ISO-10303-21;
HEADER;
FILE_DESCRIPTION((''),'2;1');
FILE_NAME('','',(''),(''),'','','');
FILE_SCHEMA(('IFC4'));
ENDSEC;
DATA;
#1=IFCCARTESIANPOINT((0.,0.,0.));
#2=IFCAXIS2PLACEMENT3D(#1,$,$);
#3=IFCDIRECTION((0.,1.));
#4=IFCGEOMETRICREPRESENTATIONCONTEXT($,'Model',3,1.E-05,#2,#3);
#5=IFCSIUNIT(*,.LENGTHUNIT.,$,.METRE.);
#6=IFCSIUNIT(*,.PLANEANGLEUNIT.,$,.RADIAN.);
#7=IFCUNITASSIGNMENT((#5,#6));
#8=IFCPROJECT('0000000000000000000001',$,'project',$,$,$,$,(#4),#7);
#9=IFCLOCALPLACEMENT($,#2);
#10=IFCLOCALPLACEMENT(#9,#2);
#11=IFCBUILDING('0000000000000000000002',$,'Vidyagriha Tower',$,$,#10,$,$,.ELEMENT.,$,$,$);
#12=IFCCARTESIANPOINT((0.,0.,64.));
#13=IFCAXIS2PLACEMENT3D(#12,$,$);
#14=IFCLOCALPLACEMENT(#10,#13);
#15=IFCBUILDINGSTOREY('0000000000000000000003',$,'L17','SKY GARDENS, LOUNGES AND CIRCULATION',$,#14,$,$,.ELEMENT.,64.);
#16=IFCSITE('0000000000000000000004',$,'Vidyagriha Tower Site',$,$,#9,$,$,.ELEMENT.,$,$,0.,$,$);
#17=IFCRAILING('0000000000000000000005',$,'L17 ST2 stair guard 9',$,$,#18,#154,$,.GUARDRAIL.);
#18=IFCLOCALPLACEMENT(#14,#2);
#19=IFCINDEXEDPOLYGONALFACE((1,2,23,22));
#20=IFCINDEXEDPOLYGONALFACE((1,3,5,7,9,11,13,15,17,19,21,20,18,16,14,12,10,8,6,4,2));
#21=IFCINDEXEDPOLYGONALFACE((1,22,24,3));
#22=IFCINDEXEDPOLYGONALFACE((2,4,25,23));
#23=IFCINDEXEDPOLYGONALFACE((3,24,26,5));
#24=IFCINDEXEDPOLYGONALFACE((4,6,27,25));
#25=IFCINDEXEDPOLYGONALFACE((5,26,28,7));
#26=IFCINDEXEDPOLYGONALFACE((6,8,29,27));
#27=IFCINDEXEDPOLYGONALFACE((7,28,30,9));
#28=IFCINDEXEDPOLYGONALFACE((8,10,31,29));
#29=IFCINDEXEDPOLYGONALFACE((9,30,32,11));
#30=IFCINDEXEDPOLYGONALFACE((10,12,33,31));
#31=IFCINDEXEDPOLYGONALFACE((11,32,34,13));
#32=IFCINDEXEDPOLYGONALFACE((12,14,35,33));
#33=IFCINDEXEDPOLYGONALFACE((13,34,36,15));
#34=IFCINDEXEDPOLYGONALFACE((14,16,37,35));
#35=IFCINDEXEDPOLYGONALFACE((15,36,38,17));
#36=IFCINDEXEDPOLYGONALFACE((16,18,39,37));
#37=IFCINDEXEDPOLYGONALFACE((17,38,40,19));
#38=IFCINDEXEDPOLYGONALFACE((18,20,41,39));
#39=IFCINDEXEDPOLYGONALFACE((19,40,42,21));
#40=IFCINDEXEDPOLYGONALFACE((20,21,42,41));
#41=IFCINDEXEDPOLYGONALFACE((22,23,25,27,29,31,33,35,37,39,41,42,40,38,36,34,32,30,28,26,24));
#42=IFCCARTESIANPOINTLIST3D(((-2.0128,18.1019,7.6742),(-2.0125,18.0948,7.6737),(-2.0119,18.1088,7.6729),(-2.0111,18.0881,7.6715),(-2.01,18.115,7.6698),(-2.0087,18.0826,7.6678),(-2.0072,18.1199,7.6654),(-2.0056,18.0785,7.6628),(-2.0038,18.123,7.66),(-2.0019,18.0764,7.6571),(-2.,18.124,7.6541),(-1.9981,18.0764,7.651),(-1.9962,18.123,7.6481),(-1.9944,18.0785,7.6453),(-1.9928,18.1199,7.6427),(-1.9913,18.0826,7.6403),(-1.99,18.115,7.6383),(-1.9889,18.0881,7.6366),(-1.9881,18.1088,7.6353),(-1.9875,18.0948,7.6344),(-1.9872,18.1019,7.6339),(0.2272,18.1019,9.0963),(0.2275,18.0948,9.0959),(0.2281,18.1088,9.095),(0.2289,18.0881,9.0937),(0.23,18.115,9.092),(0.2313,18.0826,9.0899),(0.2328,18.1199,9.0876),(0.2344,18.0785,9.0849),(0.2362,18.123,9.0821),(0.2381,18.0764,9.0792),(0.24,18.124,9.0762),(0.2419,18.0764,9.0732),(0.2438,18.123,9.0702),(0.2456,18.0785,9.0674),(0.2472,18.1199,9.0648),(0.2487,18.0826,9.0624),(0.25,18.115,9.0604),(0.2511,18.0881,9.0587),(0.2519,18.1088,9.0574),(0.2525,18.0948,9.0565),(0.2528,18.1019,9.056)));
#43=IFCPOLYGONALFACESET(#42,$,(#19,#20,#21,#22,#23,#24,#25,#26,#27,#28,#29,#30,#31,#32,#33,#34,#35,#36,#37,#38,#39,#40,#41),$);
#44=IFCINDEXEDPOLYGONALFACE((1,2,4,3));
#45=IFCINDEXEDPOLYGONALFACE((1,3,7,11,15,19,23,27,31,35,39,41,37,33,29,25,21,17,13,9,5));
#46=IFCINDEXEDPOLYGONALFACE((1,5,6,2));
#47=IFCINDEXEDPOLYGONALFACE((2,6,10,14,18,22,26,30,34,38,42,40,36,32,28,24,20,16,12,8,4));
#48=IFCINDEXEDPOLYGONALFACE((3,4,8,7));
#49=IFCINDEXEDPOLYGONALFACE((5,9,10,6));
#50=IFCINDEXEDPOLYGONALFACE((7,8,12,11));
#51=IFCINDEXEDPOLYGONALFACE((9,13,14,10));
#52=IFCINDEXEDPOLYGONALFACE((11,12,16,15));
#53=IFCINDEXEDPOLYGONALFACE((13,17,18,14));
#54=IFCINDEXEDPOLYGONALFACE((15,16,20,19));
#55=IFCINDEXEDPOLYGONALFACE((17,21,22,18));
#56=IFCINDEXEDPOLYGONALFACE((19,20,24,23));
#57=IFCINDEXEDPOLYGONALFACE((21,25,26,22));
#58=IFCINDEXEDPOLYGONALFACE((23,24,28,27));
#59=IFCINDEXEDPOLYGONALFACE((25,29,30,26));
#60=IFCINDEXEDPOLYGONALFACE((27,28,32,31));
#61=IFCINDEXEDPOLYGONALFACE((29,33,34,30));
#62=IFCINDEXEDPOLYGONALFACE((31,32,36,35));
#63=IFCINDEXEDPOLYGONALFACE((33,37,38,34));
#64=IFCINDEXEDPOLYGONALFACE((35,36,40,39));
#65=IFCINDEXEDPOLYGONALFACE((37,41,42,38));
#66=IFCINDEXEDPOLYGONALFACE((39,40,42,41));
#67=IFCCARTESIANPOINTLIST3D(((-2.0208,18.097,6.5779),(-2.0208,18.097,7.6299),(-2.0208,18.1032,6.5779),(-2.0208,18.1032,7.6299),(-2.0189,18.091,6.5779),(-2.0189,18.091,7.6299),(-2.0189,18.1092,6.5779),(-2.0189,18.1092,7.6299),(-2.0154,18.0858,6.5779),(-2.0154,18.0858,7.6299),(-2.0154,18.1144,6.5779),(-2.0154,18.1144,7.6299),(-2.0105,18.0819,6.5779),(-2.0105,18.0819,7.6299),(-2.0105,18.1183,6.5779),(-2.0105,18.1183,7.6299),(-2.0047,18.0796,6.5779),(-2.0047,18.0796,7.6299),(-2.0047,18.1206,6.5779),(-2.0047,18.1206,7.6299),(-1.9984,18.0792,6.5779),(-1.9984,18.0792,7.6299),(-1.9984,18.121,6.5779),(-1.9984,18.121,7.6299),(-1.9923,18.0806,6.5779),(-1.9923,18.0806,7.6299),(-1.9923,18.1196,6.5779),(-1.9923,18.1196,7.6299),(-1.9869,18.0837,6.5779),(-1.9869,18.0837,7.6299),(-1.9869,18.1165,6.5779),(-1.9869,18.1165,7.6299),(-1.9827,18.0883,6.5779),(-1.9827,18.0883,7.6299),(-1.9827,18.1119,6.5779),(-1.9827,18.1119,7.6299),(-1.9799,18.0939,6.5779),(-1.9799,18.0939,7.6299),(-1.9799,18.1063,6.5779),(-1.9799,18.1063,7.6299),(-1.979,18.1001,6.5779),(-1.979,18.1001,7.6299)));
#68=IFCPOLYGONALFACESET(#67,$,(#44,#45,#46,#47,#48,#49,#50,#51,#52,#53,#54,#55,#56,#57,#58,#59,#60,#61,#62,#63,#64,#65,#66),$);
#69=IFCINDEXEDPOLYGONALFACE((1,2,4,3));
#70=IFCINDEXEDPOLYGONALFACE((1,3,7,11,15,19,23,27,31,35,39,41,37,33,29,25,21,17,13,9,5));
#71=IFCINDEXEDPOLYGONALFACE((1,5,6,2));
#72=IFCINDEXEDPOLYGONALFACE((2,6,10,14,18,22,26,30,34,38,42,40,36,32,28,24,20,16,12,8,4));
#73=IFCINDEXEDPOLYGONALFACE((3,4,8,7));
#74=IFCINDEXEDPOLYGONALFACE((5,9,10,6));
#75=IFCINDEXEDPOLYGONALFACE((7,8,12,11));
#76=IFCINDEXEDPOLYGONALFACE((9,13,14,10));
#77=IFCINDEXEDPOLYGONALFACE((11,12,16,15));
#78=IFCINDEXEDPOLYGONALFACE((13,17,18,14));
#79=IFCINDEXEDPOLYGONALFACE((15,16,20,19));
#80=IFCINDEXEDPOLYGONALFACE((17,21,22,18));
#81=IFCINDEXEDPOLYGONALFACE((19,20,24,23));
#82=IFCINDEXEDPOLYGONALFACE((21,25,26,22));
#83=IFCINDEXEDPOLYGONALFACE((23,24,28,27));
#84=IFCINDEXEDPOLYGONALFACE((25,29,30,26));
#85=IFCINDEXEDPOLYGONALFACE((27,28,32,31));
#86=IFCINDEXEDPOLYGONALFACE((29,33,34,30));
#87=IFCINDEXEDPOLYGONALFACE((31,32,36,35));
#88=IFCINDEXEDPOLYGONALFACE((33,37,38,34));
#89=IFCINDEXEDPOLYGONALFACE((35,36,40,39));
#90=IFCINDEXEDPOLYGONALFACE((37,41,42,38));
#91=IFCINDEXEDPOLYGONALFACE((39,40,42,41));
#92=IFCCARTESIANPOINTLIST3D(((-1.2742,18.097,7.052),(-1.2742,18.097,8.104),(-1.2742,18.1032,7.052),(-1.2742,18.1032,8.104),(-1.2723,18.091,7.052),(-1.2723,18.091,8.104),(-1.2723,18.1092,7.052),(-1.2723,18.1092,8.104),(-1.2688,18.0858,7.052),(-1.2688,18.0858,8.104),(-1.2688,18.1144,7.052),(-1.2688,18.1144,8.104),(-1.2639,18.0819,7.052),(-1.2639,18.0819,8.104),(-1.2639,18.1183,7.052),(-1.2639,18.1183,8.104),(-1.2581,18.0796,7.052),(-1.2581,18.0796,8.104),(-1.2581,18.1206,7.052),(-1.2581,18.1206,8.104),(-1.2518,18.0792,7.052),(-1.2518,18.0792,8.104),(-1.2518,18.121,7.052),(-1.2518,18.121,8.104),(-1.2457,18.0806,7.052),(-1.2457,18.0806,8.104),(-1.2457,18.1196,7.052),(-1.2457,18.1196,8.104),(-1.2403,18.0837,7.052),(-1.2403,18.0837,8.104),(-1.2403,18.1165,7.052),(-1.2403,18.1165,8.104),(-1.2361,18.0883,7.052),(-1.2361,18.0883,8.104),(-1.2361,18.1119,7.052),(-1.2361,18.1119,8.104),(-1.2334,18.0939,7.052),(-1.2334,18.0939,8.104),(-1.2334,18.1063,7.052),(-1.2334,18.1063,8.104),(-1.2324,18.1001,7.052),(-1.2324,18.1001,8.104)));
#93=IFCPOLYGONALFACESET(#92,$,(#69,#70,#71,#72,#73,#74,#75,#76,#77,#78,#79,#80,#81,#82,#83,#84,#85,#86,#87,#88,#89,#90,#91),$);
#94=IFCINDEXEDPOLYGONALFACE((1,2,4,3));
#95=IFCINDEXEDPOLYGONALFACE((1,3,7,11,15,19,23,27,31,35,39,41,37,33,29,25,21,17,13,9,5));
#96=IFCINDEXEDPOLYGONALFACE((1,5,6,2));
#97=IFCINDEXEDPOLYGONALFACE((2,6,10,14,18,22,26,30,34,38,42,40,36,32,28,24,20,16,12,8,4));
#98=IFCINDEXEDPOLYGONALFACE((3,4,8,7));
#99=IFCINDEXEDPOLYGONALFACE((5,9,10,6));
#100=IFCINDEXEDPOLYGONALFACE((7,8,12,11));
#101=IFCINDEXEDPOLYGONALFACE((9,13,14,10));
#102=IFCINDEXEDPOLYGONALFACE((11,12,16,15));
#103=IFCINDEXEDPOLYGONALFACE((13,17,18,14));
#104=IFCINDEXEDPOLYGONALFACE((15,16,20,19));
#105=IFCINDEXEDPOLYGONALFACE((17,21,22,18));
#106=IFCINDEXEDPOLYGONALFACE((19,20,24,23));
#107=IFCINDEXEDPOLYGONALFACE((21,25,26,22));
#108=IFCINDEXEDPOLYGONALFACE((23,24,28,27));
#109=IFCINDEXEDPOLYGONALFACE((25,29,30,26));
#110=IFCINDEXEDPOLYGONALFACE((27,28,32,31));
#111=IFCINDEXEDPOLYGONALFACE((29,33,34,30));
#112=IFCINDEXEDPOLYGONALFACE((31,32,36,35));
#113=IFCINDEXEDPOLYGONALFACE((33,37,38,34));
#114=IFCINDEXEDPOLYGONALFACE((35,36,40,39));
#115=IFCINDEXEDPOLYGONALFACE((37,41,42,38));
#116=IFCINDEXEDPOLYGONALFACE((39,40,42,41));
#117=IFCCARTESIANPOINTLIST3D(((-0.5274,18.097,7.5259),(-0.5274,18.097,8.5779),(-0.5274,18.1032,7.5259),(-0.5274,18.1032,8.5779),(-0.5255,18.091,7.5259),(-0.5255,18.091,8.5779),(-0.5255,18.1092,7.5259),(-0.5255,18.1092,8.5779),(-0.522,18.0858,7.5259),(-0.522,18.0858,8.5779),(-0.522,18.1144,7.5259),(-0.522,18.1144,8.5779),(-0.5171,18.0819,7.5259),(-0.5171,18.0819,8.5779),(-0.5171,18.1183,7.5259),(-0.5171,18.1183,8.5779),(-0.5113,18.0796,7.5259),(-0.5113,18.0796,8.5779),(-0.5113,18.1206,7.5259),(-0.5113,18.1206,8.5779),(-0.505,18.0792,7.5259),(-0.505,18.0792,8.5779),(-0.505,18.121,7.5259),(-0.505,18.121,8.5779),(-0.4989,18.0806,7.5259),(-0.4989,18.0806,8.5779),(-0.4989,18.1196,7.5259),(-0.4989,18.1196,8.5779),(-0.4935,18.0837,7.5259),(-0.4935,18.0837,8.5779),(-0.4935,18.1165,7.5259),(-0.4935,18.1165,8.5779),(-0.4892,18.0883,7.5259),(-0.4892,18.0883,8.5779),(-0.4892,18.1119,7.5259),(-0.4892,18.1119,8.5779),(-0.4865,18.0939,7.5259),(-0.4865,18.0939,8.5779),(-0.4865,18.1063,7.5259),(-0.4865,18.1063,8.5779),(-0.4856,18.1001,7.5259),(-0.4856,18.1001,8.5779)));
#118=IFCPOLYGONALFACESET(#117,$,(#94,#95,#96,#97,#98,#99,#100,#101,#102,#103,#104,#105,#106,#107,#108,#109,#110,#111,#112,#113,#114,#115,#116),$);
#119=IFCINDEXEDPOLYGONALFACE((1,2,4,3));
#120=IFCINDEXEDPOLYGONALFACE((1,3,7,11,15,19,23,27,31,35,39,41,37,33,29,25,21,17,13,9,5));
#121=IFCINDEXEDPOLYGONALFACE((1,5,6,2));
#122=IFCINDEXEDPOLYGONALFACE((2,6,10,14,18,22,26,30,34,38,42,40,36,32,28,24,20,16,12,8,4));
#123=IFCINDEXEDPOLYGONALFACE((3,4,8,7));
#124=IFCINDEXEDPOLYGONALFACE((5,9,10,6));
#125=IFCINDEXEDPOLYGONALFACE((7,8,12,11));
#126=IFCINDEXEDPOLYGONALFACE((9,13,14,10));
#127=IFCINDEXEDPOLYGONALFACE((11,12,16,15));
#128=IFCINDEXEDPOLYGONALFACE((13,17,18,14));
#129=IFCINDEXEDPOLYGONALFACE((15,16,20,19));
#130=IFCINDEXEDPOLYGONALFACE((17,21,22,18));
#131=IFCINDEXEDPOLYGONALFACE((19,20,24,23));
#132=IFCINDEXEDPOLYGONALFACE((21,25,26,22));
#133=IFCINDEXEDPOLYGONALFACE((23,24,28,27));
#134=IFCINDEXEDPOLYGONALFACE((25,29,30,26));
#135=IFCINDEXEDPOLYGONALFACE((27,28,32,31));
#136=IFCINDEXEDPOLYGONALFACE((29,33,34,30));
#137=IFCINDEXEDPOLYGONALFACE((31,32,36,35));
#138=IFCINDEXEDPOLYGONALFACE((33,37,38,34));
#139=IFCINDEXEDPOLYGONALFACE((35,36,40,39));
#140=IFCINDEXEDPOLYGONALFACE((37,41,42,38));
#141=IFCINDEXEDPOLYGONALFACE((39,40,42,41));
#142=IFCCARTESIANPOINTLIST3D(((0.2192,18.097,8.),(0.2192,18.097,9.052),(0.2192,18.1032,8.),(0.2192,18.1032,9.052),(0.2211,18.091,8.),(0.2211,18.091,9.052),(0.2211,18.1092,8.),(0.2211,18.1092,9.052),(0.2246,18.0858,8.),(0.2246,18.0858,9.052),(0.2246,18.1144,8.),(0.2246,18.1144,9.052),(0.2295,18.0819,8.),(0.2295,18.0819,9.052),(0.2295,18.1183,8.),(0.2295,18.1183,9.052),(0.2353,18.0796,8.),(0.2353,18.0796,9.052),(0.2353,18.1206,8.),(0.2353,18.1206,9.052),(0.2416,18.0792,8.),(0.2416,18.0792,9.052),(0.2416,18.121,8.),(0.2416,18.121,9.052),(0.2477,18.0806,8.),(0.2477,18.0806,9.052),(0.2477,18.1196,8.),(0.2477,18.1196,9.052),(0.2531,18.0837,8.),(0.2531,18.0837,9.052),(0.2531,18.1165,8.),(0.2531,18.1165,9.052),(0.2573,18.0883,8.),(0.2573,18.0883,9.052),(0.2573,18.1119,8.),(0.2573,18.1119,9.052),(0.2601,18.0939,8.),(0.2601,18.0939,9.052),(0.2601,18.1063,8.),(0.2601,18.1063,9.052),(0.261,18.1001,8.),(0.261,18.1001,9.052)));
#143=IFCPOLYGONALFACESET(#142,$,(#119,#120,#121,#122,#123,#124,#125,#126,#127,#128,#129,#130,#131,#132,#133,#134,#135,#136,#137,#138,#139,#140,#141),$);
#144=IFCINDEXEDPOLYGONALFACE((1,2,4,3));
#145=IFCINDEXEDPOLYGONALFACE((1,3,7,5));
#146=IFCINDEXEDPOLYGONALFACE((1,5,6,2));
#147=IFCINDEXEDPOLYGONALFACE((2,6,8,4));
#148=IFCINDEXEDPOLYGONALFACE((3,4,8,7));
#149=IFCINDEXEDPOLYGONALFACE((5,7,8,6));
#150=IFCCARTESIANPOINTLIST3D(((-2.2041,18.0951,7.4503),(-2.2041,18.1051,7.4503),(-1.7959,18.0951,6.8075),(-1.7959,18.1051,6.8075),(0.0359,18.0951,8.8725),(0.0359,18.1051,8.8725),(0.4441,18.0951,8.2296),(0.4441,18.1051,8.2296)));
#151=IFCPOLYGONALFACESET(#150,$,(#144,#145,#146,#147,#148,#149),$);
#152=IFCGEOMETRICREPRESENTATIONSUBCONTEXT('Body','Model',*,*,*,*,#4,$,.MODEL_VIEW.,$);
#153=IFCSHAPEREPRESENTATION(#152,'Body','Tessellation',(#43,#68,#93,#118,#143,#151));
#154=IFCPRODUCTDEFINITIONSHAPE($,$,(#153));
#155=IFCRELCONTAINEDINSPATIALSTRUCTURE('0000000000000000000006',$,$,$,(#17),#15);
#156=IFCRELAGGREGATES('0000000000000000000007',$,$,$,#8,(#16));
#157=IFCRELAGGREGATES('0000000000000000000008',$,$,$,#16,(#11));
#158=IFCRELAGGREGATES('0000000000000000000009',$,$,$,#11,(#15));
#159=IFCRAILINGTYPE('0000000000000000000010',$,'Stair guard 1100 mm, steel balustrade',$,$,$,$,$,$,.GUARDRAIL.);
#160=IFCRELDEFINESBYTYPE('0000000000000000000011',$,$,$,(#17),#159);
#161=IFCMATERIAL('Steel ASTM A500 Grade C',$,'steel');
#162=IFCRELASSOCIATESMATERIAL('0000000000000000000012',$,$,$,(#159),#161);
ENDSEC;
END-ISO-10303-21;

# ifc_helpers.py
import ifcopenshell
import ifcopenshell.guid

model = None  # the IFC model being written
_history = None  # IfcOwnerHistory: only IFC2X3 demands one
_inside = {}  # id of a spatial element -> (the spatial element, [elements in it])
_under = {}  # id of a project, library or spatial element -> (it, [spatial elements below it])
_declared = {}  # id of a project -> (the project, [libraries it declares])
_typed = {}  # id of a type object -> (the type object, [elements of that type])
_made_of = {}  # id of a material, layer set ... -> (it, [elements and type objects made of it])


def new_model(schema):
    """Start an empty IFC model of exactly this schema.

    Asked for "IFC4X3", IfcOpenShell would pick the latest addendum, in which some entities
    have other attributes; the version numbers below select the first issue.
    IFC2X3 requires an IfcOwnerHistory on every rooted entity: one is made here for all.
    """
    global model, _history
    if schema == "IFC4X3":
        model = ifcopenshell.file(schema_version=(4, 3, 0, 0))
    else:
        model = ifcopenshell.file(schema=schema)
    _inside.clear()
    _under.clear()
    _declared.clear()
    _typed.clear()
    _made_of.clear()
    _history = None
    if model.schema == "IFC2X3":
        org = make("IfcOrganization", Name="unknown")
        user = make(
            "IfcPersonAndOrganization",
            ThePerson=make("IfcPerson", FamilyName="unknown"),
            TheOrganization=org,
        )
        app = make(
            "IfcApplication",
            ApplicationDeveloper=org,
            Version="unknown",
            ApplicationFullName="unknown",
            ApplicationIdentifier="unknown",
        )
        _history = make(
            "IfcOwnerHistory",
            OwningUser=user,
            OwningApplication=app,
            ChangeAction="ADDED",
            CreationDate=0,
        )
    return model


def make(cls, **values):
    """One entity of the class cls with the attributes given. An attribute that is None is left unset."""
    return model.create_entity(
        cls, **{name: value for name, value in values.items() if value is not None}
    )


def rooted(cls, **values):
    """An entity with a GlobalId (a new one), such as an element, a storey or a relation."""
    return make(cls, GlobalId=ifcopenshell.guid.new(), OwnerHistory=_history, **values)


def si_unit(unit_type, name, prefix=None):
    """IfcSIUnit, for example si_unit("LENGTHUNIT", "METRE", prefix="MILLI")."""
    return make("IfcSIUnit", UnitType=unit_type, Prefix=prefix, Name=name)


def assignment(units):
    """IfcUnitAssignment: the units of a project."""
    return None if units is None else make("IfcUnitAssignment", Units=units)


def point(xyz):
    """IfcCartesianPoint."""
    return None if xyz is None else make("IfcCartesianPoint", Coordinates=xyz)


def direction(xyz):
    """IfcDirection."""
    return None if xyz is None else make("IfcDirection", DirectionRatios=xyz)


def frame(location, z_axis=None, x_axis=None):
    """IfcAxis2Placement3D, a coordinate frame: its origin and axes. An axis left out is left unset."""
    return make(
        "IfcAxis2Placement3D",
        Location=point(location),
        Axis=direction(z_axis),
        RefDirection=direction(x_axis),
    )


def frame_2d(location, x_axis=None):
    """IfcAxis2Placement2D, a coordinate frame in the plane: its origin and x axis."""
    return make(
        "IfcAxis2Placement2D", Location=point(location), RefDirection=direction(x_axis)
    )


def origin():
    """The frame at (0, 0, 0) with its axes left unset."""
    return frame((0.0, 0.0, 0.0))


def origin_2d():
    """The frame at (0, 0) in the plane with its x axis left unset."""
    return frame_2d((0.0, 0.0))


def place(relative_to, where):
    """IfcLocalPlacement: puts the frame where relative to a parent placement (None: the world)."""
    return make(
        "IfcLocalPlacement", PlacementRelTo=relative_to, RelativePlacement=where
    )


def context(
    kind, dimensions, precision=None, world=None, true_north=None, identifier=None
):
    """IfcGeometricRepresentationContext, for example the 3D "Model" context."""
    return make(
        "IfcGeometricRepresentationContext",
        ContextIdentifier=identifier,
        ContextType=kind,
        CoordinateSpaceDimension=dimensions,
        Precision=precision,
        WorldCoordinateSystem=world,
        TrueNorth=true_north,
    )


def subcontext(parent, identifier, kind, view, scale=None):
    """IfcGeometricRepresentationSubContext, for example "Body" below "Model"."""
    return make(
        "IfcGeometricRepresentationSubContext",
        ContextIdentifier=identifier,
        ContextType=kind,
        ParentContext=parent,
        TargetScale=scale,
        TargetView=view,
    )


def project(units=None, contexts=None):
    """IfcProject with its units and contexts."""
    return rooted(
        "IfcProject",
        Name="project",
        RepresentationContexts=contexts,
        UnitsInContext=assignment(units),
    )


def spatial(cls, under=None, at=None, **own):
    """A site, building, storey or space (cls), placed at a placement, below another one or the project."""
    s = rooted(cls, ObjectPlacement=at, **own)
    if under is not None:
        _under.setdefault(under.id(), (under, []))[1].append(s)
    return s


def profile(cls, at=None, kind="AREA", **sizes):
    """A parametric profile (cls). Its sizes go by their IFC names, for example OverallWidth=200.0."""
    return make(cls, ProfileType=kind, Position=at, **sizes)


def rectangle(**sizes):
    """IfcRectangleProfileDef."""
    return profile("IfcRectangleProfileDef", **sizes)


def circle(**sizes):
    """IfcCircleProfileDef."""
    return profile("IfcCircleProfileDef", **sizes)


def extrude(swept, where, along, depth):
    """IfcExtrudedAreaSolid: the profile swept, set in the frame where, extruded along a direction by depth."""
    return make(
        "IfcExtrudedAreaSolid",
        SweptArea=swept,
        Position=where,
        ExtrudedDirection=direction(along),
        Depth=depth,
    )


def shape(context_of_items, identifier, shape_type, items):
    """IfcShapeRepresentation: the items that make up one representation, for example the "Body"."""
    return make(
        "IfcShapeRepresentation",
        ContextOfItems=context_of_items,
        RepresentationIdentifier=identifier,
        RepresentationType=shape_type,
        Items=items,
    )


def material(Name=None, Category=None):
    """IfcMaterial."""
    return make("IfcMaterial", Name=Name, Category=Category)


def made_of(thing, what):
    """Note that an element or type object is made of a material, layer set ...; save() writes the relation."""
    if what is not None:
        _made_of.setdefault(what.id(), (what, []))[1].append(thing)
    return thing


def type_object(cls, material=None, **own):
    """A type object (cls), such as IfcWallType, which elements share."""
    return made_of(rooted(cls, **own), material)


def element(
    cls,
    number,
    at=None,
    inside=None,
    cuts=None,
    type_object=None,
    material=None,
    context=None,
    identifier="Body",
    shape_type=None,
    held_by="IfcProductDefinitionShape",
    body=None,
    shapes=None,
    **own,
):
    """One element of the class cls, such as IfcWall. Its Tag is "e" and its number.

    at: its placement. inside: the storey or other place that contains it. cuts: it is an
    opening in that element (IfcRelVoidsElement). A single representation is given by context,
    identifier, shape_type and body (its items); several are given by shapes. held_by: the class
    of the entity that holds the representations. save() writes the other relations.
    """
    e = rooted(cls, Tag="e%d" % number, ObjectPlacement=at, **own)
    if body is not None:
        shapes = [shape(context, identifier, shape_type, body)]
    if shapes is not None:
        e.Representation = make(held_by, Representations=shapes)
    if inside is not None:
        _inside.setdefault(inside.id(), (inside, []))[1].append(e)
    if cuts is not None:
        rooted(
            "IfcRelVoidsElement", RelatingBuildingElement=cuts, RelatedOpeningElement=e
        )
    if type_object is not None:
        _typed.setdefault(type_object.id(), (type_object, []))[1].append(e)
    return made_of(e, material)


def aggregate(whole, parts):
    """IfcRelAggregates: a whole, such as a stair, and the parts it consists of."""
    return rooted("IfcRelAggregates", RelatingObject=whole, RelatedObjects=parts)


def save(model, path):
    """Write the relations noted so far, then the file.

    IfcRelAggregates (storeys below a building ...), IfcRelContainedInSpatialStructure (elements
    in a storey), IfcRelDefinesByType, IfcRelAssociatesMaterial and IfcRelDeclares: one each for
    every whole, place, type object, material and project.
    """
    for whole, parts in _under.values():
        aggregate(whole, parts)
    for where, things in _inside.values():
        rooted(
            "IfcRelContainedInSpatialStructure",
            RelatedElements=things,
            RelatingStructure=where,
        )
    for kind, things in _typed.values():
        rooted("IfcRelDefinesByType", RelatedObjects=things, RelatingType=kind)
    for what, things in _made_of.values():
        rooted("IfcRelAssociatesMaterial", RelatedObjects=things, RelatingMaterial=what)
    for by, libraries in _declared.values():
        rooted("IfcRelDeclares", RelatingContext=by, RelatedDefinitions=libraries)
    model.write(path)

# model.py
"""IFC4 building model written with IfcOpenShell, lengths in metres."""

from ifc_helpers import new_model, si_unit, direction, frame, origin, origin_2d, place, context, subcontext, project, spatial, rectangle, circle, extrude, material, type_object, element, save


model = new_model("IFC4")

# Units and contexts
model_context = context("Model", 3, precision=1e-05, world=origin(), true_north=direction((0.0, 1.0)))
body_context = subcontext(model_context, "Body", "Model", "MODEL_VIEW")
ifc_project = project(units=[si_unit("LENGTHUNIT", "METRE"), si_unit("PLANEANGLEUNIT", "RADIAN")], contexts=[model_context])

# Site, building, storey
site_placement = place(None, origin())
site = spatial("IfcSite", under=ifc_project, at=site_placement, Name="Vidyagriha Tower Site", CompositionType="ELEMENT", RefElevation=0.0)
building_placement = place(site_placement, origin())
building = spatial("IfcBuilding", under=site, at=building_placement, Name="Vidyagriha Tower", CompositionType="ELEMENT")
storey_placement = place(building_placement, frame((0.0, 0.0, 64.0)))
storey = spatial("IfcBuildingStorey", under=building, at=storey_placement, Name="L17", Description="SKY GARDENS, LOUNGES AND CIRCULATION", CompositionType="ELEMENT", Elevation=64.0)

# Railing
ifc_material_1 = material(Name="Steel ASTM A500 Grade C", Category="steel")
railing_type_1 = type_object("IfcRailingType", Name="Stair guard 1100 mm, steel balustrade", PredefinedType="GUARDRAIL", material=ifc_material_1)
railing_1_placement = place(storey_placement, frame((-2.0, 18.1001, 6.5779)))
element("IfcRailing", 1, at=railing_1_placement, inside=storey, type_object=railing_type_1, Name="L17 ST2 stair guard 9", PredefinedType="GUARDRAIL", context=body_context, shape_type="SweptSolid", body=[
    extrude(circle(Radius=0.0239, at=origin_2d()), frame((0.0, 0.0, 1.0762), z_axis=(0.844229, 0.0, 0.535982), x_axis=(0.0, 1.0, 0.0)), (0.0, 0.0, 1.0), 2.6533),
    extrude(circle(Radius=0.021, at=origin_2d()), origin(), (0.0, 0.0, 1.0), 1.052),
    extrude(circle(Radius=0.021, at=origin_2d()), frame((0.7466, 0.0, 0.4741)), (0.0, 0.0, 1.0), 1.052),
    extrude(circle(Radius=0.021, at=origin_2d()), frame((1.4934, 0.0, 0.948)), (0.0, 0.0, 1.0), 1.052),
    extrude(circle(Radius=0.021, at=origin_2d()), frame((2.24, 0.0, 1.4221)), (0.0, 0.0, 1.0), 1.052),
    extrude(rectangle(XDim=0.01, YDim=0.7615, at=origin_2d()), frame((0.0, 0.0, 0.551), z_axis=(0.844229, 0.0, 0.535982), x_axis=(0.0, 1.0, 0.0)), (0.0, 0.0, 1.0), 2.6533),
])

save(model, "model.ifc")
